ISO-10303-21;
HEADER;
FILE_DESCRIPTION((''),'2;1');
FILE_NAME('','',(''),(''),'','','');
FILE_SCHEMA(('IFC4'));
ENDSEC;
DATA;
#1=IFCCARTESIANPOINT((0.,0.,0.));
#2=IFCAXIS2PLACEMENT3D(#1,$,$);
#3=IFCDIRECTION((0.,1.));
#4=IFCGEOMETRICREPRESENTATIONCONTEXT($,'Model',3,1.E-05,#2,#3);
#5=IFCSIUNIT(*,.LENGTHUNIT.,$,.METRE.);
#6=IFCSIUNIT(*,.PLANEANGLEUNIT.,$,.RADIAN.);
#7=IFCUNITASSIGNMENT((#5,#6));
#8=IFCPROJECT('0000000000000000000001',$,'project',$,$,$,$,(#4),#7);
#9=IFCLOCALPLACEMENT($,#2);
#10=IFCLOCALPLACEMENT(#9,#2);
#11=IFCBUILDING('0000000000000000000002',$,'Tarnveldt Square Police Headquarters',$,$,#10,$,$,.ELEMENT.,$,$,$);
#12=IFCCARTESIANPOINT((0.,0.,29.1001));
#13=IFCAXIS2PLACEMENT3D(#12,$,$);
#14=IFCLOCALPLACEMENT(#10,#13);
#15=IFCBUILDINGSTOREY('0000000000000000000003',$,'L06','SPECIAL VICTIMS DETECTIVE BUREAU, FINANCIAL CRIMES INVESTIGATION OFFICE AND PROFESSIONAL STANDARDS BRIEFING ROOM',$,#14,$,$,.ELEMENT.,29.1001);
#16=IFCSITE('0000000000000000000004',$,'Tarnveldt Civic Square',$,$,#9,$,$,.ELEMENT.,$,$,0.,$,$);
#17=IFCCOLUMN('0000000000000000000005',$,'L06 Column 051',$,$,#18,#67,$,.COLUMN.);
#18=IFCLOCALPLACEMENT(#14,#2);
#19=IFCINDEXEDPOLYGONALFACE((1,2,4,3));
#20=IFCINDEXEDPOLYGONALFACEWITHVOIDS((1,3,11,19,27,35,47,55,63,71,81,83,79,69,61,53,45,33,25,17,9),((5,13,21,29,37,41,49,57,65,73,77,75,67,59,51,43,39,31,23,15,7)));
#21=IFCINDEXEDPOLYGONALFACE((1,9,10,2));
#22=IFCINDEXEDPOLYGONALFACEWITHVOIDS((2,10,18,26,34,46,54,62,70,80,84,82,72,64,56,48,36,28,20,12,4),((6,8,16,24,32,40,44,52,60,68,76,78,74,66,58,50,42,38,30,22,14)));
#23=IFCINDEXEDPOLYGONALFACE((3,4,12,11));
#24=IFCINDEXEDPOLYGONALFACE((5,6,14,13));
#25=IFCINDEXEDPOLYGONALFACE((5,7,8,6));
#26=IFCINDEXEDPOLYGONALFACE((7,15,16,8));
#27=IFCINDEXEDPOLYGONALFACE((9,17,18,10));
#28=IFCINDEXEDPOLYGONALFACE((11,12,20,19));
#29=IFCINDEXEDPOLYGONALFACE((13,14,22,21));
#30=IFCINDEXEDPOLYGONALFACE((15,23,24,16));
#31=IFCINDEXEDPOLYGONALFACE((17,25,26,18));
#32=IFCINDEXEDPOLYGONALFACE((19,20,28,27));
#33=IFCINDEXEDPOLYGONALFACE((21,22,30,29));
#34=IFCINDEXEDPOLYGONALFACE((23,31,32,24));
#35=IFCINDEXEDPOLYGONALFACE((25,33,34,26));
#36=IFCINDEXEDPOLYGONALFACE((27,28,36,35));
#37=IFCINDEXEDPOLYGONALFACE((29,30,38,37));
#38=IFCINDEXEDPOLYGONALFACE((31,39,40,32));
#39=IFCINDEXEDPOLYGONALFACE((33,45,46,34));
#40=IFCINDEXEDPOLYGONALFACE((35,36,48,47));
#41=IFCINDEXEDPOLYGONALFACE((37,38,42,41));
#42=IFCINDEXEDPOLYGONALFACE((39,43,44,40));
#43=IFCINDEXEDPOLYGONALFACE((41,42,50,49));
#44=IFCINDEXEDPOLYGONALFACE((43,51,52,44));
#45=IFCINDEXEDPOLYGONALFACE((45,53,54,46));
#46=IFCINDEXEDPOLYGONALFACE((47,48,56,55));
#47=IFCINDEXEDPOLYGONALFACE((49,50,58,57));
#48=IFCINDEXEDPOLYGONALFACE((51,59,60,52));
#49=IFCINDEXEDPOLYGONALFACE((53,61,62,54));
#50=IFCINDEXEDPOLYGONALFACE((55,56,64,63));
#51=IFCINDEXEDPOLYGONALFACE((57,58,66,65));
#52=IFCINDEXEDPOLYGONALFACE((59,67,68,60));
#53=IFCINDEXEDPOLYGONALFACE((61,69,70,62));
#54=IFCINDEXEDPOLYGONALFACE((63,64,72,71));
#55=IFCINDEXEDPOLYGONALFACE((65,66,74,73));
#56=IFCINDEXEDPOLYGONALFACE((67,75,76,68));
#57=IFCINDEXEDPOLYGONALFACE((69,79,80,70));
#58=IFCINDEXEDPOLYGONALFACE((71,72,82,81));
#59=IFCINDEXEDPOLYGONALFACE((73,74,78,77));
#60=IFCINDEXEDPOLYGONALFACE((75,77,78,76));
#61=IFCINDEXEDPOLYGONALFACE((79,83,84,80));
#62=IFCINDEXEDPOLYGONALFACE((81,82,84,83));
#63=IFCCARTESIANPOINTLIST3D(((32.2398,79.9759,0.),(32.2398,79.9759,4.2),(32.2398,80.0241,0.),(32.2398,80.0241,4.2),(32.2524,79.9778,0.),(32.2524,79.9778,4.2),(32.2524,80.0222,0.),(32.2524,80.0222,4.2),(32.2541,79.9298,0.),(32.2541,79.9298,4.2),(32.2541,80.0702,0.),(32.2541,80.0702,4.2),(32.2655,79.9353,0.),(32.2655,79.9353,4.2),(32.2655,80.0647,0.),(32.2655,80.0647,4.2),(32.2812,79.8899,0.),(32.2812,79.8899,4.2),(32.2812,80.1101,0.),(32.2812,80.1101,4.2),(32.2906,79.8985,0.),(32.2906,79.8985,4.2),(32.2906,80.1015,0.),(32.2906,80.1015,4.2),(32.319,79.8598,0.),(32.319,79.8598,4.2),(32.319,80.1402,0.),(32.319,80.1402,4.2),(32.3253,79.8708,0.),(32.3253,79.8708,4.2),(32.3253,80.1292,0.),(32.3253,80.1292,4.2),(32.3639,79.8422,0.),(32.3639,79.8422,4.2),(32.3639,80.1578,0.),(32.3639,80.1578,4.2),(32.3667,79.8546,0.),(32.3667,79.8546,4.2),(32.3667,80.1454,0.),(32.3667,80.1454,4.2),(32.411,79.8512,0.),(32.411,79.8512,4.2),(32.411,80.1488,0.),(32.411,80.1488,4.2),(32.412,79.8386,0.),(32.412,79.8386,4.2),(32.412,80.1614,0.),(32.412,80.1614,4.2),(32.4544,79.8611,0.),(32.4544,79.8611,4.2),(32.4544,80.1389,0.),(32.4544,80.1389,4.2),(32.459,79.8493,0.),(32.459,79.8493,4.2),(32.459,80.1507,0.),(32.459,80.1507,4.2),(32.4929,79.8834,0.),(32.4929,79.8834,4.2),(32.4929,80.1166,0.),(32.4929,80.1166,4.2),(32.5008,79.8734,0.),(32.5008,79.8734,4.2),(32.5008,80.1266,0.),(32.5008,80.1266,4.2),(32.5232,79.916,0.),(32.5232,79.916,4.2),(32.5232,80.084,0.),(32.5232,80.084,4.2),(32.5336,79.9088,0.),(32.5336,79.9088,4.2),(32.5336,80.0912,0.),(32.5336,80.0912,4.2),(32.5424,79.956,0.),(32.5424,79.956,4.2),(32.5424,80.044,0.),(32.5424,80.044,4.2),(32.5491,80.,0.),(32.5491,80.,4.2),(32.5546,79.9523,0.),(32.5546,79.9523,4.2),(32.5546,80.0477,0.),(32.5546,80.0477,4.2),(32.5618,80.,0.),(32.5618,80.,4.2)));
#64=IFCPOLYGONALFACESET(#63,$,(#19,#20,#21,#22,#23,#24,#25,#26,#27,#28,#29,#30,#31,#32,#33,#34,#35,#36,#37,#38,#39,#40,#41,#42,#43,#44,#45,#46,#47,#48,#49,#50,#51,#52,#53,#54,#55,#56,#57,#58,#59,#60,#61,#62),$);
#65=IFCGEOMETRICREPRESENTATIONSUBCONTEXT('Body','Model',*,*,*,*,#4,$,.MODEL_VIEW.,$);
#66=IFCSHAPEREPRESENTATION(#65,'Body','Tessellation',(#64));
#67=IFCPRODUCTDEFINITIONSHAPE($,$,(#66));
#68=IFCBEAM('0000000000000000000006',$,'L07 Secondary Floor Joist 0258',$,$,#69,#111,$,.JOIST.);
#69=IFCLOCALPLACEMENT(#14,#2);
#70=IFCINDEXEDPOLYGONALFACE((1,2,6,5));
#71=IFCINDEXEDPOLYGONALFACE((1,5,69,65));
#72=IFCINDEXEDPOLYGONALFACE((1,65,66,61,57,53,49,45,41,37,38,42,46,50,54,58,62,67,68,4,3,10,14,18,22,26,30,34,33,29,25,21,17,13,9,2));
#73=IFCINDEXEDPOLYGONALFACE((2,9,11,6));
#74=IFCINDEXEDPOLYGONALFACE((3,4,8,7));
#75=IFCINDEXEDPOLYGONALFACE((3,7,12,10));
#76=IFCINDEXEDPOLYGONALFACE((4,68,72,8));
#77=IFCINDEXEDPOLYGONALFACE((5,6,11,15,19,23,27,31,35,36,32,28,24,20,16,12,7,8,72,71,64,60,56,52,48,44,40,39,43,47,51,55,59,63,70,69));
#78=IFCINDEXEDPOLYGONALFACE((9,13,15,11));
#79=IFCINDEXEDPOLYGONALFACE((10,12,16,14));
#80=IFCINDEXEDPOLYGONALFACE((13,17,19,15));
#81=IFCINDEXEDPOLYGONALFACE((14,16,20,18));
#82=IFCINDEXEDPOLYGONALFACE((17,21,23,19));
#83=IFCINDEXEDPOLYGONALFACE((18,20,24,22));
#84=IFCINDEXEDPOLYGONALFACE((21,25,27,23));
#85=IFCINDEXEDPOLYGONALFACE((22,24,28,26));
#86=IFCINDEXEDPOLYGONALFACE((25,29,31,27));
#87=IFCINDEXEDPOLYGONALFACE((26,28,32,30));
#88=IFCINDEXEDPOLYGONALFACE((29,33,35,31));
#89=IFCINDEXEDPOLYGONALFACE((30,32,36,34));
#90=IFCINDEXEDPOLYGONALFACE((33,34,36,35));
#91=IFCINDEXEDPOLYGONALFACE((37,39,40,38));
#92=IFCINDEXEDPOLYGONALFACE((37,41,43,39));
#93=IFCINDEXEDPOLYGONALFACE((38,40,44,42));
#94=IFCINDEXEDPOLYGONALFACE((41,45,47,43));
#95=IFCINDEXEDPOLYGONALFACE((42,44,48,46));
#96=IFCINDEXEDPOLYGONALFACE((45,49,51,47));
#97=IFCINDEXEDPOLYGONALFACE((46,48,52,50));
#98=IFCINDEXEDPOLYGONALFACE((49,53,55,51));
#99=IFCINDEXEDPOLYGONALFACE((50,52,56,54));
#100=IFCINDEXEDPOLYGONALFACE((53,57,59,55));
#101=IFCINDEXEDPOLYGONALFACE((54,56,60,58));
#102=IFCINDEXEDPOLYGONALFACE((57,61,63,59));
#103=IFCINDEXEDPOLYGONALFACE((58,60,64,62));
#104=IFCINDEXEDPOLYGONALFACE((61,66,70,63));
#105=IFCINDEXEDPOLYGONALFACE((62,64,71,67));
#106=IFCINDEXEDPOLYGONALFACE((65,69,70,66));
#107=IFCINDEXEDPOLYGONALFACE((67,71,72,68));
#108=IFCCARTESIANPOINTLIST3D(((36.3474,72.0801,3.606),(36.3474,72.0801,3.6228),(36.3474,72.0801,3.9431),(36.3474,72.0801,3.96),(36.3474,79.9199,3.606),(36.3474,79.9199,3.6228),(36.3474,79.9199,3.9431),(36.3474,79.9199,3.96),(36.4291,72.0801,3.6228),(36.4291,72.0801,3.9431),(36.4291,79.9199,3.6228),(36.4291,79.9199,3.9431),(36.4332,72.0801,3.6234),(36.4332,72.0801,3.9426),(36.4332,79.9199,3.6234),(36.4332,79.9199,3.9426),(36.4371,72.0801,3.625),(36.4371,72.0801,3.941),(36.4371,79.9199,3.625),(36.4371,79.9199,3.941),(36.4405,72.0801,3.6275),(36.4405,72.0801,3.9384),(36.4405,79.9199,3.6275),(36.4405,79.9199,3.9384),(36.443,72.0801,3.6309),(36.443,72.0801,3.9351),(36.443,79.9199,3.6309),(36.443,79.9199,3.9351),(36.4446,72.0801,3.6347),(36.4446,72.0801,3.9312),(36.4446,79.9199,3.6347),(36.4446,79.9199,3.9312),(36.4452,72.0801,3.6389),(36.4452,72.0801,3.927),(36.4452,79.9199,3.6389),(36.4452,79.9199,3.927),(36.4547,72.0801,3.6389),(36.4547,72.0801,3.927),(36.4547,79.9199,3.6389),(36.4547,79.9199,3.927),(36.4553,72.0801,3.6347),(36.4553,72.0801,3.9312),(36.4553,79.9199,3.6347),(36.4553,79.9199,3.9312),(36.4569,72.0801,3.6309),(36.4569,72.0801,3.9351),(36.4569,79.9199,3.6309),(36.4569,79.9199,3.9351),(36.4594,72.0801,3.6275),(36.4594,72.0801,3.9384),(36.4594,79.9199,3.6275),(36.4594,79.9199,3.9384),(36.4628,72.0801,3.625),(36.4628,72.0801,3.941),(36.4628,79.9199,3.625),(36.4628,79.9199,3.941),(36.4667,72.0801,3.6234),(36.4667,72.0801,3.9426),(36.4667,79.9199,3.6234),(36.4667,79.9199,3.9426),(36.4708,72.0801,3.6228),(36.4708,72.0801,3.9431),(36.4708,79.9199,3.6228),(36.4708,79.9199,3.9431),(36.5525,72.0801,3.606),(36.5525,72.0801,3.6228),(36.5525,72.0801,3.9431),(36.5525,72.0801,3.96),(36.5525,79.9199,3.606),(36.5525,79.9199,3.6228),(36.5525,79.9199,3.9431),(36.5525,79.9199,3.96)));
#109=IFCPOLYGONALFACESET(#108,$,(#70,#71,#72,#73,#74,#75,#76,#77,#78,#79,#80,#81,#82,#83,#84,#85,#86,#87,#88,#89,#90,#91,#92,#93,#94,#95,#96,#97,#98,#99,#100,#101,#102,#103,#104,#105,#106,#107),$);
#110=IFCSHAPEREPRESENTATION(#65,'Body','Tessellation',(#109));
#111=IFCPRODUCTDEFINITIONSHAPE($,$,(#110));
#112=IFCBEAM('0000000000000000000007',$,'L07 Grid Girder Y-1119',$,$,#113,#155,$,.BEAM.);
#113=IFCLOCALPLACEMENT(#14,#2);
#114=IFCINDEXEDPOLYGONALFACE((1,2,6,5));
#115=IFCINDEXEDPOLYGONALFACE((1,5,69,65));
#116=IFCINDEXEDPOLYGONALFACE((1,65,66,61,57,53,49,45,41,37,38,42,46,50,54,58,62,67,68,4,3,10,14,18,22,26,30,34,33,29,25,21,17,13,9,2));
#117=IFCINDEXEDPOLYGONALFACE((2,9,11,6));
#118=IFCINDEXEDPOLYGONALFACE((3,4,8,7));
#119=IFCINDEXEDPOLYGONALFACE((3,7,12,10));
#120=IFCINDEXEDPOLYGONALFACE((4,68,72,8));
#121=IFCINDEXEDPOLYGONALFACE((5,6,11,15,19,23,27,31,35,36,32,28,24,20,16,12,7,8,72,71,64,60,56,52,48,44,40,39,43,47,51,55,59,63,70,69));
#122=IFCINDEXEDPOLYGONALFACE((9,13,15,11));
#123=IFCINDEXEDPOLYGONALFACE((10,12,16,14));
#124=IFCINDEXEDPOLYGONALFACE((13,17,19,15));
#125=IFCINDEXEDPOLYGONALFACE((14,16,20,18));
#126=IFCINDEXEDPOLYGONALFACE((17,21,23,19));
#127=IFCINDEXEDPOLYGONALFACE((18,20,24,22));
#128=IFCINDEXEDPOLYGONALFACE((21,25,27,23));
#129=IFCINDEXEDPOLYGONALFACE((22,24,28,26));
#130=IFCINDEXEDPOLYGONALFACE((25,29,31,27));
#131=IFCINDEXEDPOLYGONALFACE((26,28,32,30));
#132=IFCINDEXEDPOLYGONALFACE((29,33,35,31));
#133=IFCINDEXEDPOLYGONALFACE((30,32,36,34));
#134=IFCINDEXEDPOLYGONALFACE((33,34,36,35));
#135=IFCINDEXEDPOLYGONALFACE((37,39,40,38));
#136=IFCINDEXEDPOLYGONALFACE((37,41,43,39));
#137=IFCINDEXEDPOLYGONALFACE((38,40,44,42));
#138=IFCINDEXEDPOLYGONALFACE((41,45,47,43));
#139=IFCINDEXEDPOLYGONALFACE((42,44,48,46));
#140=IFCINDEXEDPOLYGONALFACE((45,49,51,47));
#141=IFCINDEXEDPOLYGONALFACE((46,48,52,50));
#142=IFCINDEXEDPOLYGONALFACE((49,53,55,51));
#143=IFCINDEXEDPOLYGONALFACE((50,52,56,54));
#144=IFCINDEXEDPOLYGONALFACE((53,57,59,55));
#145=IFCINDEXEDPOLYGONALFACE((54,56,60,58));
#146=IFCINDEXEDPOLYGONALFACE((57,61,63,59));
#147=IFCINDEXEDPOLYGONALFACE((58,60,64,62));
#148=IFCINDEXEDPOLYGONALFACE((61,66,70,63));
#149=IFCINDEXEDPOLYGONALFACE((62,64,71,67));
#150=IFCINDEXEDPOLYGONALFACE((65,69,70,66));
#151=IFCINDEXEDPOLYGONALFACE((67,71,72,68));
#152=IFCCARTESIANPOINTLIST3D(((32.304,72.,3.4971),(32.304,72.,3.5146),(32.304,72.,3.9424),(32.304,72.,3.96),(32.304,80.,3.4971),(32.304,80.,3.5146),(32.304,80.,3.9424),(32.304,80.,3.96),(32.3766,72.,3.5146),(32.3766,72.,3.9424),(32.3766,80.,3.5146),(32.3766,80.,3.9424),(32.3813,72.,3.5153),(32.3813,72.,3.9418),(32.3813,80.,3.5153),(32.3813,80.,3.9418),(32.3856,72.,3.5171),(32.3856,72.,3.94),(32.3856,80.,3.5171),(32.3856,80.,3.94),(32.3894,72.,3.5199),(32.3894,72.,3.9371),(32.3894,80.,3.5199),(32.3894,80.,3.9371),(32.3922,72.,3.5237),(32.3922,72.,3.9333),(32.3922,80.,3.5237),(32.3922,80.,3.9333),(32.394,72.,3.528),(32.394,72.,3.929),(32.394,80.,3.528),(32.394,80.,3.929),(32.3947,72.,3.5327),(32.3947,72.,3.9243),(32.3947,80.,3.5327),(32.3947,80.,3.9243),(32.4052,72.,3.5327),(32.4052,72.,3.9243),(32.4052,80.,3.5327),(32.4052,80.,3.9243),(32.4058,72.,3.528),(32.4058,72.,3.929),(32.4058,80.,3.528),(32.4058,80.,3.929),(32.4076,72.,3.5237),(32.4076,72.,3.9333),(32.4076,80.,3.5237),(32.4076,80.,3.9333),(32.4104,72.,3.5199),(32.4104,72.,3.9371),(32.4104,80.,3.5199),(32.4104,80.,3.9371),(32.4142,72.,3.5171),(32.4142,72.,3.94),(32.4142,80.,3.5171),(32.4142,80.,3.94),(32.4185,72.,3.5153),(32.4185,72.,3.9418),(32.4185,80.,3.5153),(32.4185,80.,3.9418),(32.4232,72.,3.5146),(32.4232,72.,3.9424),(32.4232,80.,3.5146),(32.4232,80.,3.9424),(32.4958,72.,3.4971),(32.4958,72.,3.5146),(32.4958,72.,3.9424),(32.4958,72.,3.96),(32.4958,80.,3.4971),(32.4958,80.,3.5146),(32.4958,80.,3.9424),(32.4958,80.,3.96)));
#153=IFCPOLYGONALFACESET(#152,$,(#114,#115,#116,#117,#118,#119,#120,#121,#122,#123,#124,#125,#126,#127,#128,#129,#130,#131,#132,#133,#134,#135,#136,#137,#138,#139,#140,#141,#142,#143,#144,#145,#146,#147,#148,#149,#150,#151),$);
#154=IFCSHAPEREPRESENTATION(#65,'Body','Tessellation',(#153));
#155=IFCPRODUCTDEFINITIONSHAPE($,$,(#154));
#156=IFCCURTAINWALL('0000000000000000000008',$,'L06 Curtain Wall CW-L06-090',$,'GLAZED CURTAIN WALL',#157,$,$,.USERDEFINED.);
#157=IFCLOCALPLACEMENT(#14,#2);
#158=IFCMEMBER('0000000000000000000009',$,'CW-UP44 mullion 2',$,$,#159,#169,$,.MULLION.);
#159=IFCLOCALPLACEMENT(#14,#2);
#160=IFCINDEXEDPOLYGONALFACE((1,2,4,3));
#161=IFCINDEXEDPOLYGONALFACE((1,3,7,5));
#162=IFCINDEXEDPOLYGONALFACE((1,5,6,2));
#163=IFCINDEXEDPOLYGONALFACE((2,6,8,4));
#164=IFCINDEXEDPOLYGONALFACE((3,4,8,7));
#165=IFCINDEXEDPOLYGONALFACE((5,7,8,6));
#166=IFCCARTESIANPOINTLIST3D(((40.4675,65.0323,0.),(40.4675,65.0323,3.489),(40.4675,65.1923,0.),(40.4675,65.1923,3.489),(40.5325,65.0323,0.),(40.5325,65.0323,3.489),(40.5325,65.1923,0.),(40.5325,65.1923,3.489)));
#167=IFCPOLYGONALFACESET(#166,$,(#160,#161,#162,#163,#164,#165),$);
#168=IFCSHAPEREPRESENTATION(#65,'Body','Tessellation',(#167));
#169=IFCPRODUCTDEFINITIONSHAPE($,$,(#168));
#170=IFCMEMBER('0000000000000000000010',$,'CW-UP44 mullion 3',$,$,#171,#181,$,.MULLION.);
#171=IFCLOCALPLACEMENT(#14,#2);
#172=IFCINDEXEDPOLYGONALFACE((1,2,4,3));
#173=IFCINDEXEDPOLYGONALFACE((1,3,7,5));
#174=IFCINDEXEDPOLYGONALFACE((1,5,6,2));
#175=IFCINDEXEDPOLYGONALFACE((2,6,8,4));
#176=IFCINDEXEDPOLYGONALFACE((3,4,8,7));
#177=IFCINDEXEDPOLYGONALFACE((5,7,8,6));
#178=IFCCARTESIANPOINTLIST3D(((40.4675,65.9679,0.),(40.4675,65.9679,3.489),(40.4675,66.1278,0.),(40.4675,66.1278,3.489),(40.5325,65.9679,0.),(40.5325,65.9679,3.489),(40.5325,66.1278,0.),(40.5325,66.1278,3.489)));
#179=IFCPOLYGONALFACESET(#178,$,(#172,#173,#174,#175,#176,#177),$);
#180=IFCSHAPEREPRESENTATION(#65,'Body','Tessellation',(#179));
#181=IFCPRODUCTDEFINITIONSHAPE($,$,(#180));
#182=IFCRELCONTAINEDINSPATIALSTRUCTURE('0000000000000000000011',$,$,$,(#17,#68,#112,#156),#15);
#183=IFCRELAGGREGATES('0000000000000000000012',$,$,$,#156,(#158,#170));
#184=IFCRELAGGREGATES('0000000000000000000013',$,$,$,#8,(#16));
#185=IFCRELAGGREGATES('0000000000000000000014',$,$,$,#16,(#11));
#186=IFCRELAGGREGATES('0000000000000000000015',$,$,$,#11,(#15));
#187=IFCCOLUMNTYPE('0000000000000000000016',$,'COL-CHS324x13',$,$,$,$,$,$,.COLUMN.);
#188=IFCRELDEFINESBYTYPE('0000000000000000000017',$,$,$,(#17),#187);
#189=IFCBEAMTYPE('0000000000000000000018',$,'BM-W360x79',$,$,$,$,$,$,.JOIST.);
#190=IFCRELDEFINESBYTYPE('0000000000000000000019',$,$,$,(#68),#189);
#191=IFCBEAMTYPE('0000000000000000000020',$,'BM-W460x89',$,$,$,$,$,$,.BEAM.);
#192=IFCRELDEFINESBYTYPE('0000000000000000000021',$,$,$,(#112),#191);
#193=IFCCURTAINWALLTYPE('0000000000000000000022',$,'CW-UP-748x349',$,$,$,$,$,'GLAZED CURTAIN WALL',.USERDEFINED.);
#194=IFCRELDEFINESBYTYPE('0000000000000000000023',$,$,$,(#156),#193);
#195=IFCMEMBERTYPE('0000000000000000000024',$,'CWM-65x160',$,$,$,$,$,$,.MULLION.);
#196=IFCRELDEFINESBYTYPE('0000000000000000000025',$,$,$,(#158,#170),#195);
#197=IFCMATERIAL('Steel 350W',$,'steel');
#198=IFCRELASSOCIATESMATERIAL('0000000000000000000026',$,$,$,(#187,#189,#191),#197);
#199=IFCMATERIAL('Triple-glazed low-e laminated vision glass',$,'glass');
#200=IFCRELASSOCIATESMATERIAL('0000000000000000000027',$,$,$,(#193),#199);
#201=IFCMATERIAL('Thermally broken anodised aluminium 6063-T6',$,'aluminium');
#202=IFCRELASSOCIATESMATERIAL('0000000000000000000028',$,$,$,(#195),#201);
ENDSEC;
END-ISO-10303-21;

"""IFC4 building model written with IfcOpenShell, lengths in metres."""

from ifc_helpers import new_model, si_unit, direction, frame, origin, origin_2d, place, context, subcontext, project, spatial, rectangle, hollow_circle, i_section, extrude, material, material_profile, profile_set, type_object, element, aggregate, save


model = new_model("IFC4")

# Units and contexts
model_context = context("Model", 3, precision=1e-05, world=origin(), true_north=direction((0.0, 1.0)))
body_context = subcontext(model_context, "Body", "Model", "MODEL_VIEW")
ifc_project = project(units=[si_unit("LENGTHUNIT", "METRE"), si_unit("PLANEANGLEUNIT", "RADIAN")], contexts=[model_context])

# Site, building, storey
site_placement = place(None, origin())
site = spatial("IfcSite", under=ifc_project, at=site_placement, Name="Tarnveldt Civic Square", CompositionType="ELEMENT", RefElevation=0.0)
building_placement = place(site_placement, origin())
building = spatial("IfcBuilding", under=site, at=building_placement, Name="Tarnveldt Square Police Headquarters", CompositionType="ELEMENT")
storey_placement = place(building_placement, frame((0.0, 0.0, 29.1001)))
storey = spatial("IfcBuildingStorey", under=building, at=storey_placement, Name="L06", Description="SPECIAL VICTIMS DETECTIVE BUREAU, FINANCIAL CRIMES INVESTIGATION OFFICE AND PROFESSIONAL STANDARDS BRIEFING ROOM", CompositionType="ELEMENT", Elevation=29.1001)

# Column
ifc_material_1 = material(Name="Steel 350W", Category="steel")
ifc_material_profile_1 = material_profile(ifc_material_1, hollow_circle(Radius=0.1619, WallThickness=0.0127, at=origin_2d()), Name="HSS324x13")
ifc_profile_set_1 = profile_set([ifc_material_profile_1], Name="Steel 350W")
column_type = type_object("IfcColumnType", Name="COL-CHS324x13", PredefinedType="COLUMN", material=ifc_profile_set_1)
column_placement = place(storey_placement, frame((32.3999, 80.0, 0.0), z_axis=(0.0, 0.0, 1.0), x_axis=(1.0, 0.0, 0.0)))
element("IfcColumn", 1, at=column_placement, inside=storey, type_object=column_type, Name="L06 Column 051", PredefinedType="COLUMN", context=body_context, shape_type="SweptSolid", body=[
    extrude(hollow_circle(Radius=0.1619, WallThickness=0.0127, at=origin_2d()), origin(), (0.0, 0.0, 1.0), 4.2),
])

# Beams
ifc_material_profile_2 = material_profile(ifc_material_1, i_section(OverallWidth=0.2051, OverallDepth=0.354, WebThickness=0.0095, FlangeThickness=0.0168, FilletRadius=0.0161, at=origin_2d()), Name="W360x79")
ifc_profile_set_2 = profile_set([ifc_material_profile_2], Name="Steel 350W")
beam_type_1 = type_object("IfcBeamType", Name="BM-W360x79", PredefinedType="JOIST", material=ifc_profile_set_2)
beam_1_placement = place(storey_placement, frame((36.45, 72.0801, 3.783), z_axis=(0.0, 1.0, 0.0), x_axis=(-1.0, 0.0, 0.0)))
element("IfcBeam", 2, at=beam_1_placement, inside=storey, type_object=beam_type_1, Name="L07 Secondary Floor Joist 0258", PredefinedType="JOIST", context=body_context, shape_type="SweptSolid", body=[
    extrude(i_section(OverallWidth=0.2051, OverallDepth=0.354, WebThickness=0.0095, FlangeThickness=0.0168, FilletRadius=0.0161, at=origin_2d()), origin(), (0.0, 0.0, 1.0), 7.8398),
])
ifc_material_profile_3 = material_profile(ifc_material_1, i_section(OverallWidth=0.1919, OverallDepth=0.4629, WebThickness=0.0105, FlangeThickness=0.0176, FilletRadius=0.0181, at=origin_2d()), Name="W460x89")
ifc_profile_set_3 = profile_set([ifc_material_profile_3], Name="Steel 350W")
beam_type_2 = type_object("IfcBeamType", Name="BM-W460x89", PredefinedType="BEAM", material=ifc_profile_set_3)
beam_2_placement = place(storey_placement, frame((32.3999, 72.0, 3.7285), z_axis=(0.0, 1.0, 0.0), x_axis=(-1.0, 0.0, 0.0)))
element("IfcBeam", 3, at=beam_2_placement, inside=storey, type_object=beam_type_2, Name="L07 Grid Girder Y-1119", PredefinedType="BEAM", context=body_context, shape_type="SweptSolid", body=[
    extrude(i_section(OverallWidth=0.1919, OverallDepth=0.4629, WebThickness=0.0105, FlangeThickness=0.0176, FilletRadius=0.0181, at=origin_2d()), origin(), (0.0, 0.0, 1.0), 8.0),
])

# Curtain wall, members
ifc_material_2 = material(Name="Triple-glazed low-e laminated vision glass", Category="glass")
curtain_wall_type = type_object("IfcCurtainWallType", Name="CW-UP-748x349", ElementType="GLAZED CURTAIN WALL", PredefinedType="USERDEFINED", material=ifc_material_2)
curtain_wall_placement = place(storey_placement, origin())
curtain_wall = element("IfcCurtainWall", 4, at=curtain_wall_placement, inside=storey, type_object=curtain_wall_type, Name="L06 Curtain Wall CW-L06-090", ObjectType="GLAZED CURTAIN WALL", PredefinedType="USERDEFINED")
ifc_material_3 = material(Name="Thermally broken anodised aluminium 6063-T6", Category="aluminium")
ifc_material_profile_4 = material_profile(ifc_material_3, rectangle(XDim=0.0649, YDim=0.1599, at=origin_2d()), Name="CW-M65x160")
ifc_profile_set_4 = profile_set([ifc_material_profile_4], Name="Thermally broken anodised aluminium 6063-T6")
member_type_1 = type_object("IfcMemberType", Name="CWM-65x160", PredefinedType="MULLION", material=ifc_profile_set_4)
member_1_placement = place(storey_placement, frame((40.5, 65.1123, 0.0), z_axis=(0.0, 0.0, 1.0), x_axis=(-1.0, 0.0, 0.0)))
member_1 = element("IfcMember", 5, at=member_1_placement, type_object=member_type_1, Name="CW-UP44 mullion 2", PredefinedType="MULLION", context=body_context, shape_type="SweptSolid", body=[
    extrude(rectangle(XDim=0.0649, YDim=0.1599, at=origin_2d()), origin(), (0.0, 0.0, 1.0), 3.489),
])
member_2_placement = place(storey_placement, frame((40.5, 66.0479, 0.0), z_axis=(0.0, 0.0, 1.0), x_axis=(-1.0, 0.0, 0.0)))
member_2 = element("IfcMember", 6, at=member_2_placement, type_object=member_type_1, Name="CW-UP44 mullion 3", PredefinedType="MULLION", context=body_context, shape_type="SweptSolid", body=[
    extrude(rectangle(XDim=0.0649, YDim=0.1599, at=origin_2d()), origin(), (0.0, 0.0, 1.0), 3.489),
])
aggregate(curtain_wall, [member_1, member_2])

save(model, "model.ifc")
